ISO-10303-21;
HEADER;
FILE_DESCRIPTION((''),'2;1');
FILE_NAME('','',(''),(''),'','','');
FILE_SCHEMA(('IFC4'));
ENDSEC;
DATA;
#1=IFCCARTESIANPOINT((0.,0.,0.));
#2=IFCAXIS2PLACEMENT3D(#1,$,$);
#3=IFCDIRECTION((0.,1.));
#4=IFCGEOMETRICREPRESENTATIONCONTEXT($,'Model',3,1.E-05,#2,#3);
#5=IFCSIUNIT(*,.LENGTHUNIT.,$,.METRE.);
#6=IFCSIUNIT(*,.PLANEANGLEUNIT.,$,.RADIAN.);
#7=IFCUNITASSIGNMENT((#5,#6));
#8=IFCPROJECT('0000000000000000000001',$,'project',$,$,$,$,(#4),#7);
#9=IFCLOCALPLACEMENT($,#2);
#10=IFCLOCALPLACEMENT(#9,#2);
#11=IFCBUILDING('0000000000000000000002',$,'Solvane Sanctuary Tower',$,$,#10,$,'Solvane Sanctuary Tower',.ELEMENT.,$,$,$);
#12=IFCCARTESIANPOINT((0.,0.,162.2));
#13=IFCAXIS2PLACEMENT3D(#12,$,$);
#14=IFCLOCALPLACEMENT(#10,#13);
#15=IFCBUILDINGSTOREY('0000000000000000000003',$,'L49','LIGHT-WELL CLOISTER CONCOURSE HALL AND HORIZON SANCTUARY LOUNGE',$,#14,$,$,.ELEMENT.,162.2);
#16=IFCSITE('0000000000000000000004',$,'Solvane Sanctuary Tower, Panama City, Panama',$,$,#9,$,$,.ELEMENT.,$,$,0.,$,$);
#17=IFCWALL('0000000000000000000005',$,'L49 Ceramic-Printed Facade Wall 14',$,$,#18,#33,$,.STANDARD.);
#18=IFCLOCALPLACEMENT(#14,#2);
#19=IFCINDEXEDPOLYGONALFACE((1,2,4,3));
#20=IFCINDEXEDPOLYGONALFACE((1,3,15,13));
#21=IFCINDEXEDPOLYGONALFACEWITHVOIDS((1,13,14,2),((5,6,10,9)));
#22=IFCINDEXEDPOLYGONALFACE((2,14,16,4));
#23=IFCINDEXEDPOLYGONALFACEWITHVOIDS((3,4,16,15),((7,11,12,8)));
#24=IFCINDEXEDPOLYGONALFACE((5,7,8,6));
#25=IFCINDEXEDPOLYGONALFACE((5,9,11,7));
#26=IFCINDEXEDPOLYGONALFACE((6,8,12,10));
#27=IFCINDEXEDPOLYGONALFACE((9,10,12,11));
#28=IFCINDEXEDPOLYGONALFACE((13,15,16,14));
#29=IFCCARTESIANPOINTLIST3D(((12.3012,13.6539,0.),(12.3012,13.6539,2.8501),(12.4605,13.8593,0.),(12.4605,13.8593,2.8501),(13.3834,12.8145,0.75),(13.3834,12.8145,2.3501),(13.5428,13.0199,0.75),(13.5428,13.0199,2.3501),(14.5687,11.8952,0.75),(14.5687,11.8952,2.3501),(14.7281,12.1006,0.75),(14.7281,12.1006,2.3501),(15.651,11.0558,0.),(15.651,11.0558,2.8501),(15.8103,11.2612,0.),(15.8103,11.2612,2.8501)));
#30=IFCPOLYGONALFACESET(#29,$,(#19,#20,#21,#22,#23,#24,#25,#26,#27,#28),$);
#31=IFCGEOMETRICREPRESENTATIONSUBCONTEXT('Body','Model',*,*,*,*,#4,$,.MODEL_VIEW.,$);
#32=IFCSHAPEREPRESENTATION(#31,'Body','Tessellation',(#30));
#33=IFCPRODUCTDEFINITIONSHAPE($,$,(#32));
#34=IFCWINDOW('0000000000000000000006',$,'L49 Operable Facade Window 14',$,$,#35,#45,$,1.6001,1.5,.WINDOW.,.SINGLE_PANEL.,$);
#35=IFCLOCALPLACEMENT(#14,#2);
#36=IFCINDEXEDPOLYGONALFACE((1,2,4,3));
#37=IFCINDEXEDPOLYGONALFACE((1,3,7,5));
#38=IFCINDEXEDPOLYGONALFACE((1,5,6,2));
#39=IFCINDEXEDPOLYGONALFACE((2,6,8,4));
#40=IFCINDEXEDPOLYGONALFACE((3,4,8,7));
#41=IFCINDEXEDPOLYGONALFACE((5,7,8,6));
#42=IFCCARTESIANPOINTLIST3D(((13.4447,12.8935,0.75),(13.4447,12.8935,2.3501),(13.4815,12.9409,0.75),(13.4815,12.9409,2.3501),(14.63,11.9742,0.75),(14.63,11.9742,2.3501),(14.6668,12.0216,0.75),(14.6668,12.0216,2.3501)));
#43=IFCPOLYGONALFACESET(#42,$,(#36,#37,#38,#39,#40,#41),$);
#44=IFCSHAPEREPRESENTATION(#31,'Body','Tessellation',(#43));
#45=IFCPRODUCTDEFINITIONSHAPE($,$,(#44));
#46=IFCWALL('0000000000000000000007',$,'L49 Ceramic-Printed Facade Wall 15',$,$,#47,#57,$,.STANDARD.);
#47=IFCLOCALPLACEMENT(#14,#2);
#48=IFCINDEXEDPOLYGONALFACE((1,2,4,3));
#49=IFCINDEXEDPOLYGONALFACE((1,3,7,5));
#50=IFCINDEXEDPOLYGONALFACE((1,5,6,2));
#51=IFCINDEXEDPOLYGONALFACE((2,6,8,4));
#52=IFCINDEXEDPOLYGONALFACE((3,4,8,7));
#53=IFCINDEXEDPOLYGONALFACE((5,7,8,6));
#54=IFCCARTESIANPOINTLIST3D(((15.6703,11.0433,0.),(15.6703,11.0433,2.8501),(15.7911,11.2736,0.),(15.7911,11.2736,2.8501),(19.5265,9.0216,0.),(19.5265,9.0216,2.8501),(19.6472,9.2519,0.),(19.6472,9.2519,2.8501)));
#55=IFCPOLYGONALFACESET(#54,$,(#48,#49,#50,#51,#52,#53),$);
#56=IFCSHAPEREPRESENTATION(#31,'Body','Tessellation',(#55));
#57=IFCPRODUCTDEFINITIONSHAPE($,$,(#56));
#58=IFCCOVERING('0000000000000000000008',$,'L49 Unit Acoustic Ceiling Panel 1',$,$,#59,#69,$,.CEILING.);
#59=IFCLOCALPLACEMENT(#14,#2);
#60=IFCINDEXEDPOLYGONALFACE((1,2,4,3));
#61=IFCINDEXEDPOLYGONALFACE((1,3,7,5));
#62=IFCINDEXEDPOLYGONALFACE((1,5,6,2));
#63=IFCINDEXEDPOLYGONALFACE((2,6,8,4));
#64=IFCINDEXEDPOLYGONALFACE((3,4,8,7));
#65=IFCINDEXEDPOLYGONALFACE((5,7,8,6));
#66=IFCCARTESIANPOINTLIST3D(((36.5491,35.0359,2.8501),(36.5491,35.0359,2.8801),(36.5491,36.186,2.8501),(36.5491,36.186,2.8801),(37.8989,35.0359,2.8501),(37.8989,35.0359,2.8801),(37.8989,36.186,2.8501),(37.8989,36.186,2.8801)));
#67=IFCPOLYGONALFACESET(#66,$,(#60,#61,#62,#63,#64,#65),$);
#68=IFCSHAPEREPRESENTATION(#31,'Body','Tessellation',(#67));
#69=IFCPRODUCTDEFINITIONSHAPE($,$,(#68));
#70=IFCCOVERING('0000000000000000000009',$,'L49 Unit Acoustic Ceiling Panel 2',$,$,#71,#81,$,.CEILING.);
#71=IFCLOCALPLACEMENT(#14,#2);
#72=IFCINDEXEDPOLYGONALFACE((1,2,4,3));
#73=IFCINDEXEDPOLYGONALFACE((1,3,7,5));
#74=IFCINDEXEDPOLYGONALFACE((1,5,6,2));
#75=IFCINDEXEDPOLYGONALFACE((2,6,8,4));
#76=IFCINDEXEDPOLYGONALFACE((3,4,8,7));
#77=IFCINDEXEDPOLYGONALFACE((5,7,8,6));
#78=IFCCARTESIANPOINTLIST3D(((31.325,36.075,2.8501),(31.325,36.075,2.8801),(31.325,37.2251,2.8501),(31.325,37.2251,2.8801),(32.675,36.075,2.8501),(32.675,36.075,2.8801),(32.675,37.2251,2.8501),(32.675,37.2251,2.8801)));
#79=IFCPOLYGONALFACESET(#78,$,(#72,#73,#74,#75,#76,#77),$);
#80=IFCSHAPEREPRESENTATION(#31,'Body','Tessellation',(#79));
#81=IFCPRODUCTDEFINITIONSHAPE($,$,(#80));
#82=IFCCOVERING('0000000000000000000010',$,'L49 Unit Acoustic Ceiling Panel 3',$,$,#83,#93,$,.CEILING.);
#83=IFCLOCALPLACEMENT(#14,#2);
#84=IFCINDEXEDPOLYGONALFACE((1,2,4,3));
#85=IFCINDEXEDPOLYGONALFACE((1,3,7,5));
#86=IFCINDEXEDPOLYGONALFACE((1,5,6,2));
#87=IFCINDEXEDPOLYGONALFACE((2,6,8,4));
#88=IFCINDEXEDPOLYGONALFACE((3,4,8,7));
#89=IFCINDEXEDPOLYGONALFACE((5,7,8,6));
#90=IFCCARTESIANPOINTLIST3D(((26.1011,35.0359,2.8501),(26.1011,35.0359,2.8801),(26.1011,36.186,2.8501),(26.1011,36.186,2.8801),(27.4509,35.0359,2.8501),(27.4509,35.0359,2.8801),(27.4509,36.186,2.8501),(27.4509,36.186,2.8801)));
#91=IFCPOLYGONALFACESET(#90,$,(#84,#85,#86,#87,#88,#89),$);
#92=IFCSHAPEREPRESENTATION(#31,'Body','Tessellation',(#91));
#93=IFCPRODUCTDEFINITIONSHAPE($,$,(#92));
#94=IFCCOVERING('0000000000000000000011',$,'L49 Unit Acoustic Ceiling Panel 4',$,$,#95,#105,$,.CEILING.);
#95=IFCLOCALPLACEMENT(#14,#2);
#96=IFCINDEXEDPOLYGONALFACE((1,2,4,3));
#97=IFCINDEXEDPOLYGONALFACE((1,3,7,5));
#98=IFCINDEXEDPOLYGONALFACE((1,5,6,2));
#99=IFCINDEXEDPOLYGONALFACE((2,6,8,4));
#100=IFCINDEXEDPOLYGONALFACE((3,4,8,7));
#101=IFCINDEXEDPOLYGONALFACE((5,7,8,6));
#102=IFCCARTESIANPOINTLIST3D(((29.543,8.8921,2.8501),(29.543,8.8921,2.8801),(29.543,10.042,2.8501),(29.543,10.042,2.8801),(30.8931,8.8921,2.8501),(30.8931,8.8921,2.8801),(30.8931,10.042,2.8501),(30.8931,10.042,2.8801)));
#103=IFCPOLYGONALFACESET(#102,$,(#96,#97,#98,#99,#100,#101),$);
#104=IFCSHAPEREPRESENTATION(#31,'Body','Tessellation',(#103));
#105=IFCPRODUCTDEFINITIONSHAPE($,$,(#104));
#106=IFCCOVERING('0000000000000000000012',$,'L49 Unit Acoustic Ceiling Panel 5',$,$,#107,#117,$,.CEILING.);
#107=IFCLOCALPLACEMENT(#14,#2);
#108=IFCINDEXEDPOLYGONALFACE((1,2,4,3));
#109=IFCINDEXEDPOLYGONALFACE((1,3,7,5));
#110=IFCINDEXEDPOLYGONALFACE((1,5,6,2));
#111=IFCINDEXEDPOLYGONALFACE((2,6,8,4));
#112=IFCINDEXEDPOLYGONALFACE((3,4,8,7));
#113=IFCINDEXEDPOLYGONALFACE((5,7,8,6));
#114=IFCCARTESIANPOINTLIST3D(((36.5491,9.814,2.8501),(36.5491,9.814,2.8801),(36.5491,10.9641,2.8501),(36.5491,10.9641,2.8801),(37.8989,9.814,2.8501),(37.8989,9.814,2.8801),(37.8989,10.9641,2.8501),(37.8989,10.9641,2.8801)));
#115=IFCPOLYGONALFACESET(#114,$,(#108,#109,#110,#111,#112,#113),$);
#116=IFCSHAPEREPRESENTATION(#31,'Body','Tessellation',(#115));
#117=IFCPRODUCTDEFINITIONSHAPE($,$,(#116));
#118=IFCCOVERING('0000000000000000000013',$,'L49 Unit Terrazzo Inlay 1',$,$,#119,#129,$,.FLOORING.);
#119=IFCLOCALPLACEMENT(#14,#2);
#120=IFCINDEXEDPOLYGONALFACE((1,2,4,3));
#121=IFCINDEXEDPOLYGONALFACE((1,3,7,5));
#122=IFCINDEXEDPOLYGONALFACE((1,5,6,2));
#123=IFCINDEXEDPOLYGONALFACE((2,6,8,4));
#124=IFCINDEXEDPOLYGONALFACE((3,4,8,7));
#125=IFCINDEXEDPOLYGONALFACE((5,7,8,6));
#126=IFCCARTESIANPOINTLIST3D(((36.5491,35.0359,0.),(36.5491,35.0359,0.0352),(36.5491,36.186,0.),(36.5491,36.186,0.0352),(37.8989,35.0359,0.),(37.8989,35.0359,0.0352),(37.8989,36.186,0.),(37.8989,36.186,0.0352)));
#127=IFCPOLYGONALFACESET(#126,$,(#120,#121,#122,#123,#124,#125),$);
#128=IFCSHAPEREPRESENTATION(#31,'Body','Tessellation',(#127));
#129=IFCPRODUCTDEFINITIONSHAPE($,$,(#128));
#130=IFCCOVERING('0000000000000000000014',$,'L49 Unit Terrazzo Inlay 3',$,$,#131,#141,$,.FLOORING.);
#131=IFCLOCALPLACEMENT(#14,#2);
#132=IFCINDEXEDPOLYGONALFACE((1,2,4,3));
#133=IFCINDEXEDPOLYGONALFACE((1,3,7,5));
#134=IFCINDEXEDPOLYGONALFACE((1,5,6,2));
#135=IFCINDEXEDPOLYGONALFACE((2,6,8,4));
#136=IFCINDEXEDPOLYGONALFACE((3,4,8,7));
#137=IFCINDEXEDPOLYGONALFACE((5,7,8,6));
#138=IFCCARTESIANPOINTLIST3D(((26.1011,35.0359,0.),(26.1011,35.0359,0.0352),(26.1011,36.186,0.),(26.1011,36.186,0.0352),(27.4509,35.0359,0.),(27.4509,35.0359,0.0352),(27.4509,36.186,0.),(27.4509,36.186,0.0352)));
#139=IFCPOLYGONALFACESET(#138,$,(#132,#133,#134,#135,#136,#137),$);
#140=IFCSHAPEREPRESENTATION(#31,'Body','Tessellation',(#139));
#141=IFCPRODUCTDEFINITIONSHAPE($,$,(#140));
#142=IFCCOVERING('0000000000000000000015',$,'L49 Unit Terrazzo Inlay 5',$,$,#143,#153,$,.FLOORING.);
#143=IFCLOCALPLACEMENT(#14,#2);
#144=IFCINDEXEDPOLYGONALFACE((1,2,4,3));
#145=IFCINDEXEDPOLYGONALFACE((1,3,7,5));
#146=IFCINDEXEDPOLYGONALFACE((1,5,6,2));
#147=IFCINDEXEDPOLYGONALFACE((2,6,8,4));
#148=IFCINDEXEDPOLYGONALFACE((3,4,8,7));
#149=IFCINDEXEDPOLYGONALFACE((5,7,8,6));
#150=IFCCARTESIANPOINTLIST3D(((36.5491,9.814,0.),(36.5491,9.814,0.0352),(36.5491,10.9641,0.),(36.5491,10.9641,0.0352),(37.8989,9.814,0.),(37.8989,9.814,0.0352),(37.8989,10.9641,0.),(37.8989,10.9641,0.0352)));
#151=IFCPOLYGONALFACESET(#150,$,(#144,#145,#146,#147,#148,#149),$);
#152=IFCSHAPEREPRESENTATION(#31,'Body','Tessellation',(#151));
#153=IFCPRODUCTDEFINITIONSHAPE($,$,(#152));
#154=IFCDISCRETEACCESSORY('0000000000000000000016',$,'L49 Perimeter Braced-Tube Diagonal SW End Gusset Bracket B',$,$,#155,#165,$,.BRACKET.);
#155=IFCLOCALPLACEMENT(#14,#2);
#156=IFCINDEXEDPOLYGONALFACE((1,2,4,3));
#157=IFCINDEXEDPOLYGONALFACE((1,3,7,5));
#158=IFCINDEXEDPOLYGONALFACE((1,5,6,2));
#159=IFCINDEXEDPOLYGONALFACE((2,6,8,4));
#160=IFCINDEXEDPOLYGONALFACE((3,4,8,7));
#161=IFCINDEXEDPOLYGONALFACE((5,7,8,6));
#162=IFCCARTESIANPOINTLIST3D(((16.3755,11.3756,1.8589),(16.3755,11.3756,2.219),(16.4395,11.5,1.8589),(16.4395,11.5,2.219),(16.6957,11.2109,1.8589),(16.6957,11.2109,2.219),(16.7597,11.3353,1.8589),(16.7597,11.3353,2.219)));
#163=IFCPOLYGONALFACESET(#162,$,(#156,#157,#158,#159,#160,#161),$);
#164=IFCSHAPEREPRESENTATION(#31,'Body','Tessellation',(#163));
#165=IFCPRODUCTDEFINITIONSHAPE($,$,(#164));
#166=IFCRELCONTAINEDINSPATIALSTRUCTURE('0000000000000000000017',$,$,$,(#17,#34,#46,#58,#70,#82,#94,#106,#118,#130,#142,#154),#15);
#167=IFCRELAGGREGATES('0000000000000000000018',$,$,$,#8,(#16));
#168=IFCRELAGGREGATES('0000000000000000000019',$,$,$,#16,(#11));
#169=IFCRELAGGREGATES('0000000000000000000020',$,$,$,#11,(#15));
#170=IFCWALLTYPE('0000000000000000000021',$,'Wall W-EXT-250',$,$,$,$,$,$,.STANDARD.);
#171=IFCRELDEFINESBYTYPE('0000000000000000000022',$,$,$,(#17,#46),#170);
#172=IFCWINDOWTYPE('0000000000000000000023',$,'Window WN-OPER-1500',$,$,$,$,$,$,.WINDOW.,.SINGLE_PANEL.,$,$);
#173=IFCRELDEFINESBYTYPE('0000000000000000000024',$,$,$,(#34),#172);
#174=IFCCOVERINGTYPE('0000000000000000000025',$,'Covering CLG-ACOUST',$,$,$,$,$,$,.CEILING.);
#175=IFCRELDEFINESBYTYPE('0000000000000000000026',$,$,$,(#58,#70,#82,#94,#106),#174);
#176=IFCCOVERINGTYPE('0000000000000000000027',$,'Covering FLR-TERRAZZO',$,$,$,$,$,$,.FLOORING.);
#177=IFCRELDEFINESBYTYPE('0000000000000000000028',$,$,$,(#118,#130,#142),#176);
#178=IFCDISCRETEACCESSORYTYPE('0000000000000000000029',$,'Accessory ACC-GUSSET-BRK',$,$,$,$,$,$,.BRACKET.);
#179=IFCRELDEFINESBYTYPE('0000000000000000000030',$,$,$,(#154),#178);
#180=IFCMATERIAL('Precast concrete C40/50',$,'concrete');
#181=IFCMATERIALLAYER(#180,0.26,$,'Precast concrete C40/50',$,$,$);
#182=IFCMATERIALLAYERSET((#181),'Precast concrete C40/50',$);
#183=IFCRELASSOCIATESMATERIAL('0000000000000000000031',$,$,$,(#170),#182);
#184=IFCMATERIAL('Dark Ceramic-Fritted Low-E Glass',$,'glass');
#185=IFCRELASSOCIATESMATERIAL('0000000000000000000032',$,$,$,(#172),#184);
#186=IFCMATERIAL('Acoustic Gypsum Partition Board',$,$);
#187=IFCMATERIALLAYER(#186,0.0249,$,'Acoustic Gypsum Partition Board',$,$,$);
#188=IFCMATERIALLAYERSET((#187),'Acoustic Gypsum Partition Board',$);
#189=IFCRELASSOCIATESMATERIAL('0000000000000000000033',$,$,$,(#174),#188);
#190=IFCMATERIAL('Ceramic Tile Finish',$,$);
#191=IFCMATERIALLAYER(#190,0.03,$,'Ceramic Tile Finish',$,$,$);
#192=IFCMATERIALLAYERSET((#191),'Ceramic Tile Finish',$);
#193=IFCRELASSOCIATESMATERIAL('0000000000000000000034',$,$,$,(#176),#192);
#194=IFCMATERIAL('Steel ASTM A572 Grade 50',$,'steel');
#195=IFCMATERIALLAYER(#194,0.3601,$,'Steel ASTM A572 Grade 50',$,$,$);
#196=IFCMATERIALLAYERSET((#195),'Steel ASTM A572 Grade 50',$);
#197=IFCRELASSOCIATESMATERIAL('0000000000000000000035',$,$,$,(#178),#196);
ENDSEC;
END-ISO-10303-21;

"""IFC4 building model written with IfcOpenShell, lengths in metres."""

from ifc_helpers import new_model, si_unit, direction, frame, frame_2d, origin, origin_2d, place, context, subcontext, project, spatial, polyline, rectangle, outline, extrude, material, layer, layer_set, type_object, element, fill, save


model = new_model("IFC4")

# Units and contexts
model_context = context("Model", 3, precision=1e-05, world=origin(), true_north=direction((0.0, 1.0)))
body_context = subcontext(model_context, "Body", "Model", "MODEL_VIEW")
ifc_project = project(units=[si_unit("LENGTHUNIT", "METRE"), si_unit("PLANEANGLEUNIT", "RADIAN")], contexts=[model_context])

# Site, building, storey
site_placement = place(None, origin())
site = spatial("IfcSite", under=ifc_project, at=site_placement, Name="Solvane Sanctuary Tower, Panama City, Panama", CompositionType="ELEMENT", RefElevation=0.0)
building_placement = place(site_placement, origin())
building = spatial("IfcBuilding", under=site, at=building_placement, Name="Solvane Sanctuary Tower", LongName="Solvane Sanctuary Tower", CompositionType="ELEMENT")
storey_placement = place(building_placement, frame((0.0, 0.0, 162.2)))
storey = spatial("IfcBuildingStorey", under=building, at=storey_placement, Name="L49", Description="LIGHT-WELL CLOISTER CONCOURSE HALL AND HORIZON SANCTUARY LOUNGE", CompositionType="ELEMENT", Elevation=162.2)

# Shared definitions
ifc_material_1 = material(Name="Acoustic Gypsum Partition Board")

# Wall, opening, window
ifc_material_2 = material(Name="Precast concrete C40/50", Category="concrete")
ifc_layer_1 = layer(ifc_material_2, 0.26, Name="Precast concrete C40/50")
ifc_layer_set_1 = layer_set([ifc_layer_1], Name="Precast concrete C40/50")
wall_type_1 = type_object("IfcWallType", Name="Wall W-EXT-250", PredefinedType="STANDARD", material=ifc_layer_set_1)
wall_1_placement = place(storey_placement, frame((12.3809, 13.7566, 0.0), z_axis=(0.0, 0.0, 1.0), x_axis=(0.790186, -0.612868, 0.0)))
wall_1 = element("IfcWall", 1, at=wall_1_placement, inside=storey, type_object=wall_type_1, Name="L49 Ceramic-Printed Facade Wall 14", PredefinedType="STANDARD", context=body_context, shape_type="SweptSolid", body=[
    extrude(rectangle(XDim=4.2393, YDim=0.26, at=frame_2d((2.1196, 0.0))), origin(), (0.0, 0.0, 1.0), 2.8501),
])
opening_1_placement = place(wall_1_placement, frame((1.3696, 0.0, 0.75)))
opening_1 = element("IfcOpeningElement", 2, at=opening_1_placement, cuts=wall_1, PredefinedType="OPENING", context=body_context, shape_type="SweptSolid", body=[
    extrude(rectangle(XDim=1.5, YDim=1.6001, at=frame_2d((0.75, 0.8))), frame((0.0, 0.1399, 0.0), z_axis=(0.0, -1.0, 0.0), x_axis=(1.0, 0.0, 0.0)), (0.0, 0.0, 1.0), 0.28),
])
ifc_material_3 = material(Name="Dark Ceramic-Fritted Low-E Glass", Category="glass")
window_type = type_object("IfcWindowType", Name="Window WN-OPER-1500", PartitioningType="SINGLE_PANEL", PredefinedType="WINDOW", material=ifc_material_3)
window_placement = place(opening_1_placement, origin())
window = element("IfcWindow", 3, at=window_placement, inside=storey, type_object=window_type, Name="L49 Operable Facade Window 14", OverallHeight=1.6001, OverallWidth=1.5, PartitioningType="SINGLE_PANEL", PredefinedType="WINDOW", context=body_context, shape_type="SweptSolid", body=[
    extrude(rectangle(XDim=1.5, YDim=1.6001, at=frame_2d((0.75, 0.8))), frame((0.0, 0.03, 0.0), z_axis=(0.0, -1.0, 0.0), x_axis=(1.0, 0.0, 0.0)), (0.0, 0.0, 1.0), 0.0601),
])
fill(opening_1, window)

# Wall
wall_2_placement = place(storey_placement, frame((15.7307, 11.1584, 0.0), z_axis=(0.0, 0.0, 1.0), x_axis=(0.88566, -0.464334, 0.0)))
element("IfcWall", 4, at=wall_2_placement, inside=storey, type_object=wall_type_1, Name="L49 Ceramic-Printed Facade Wall 15", PredefinedType="STANDARD", context=body_context, shape_type="SweptSolid", body=[
    extrude(rectangle(XDim=4.354, YDim=0.26, at=frame_2d((2.177, 0.0))), origin(), (0.0, 0.0, 1.0), 2.8501),
])

# Coverings
ifc_layer_2 = layer(ifc_material_1, 0.0249, Name="Acoustic Gypsum Partition Board")
ifc_layer_set_2 = layer_set([ifc_layer_2], Name="Acoustic Gypsum Partition Board")
covering_type_1 = type_object("IfcCoveringType", Name="Covering CLG-ACOUST", PredefinedType="CEILING", material=ifc_layer_set_2)
covering_1_placement = place(storey_placement, frame((0.0, 0.0, 2.8501)))
element("IfcCovering", 5, at=covering_1_placement, inside=storey, type_object=covering_type_1, Name="L49 Unit Acoustic Ceiling Panel 1", PredefinedType="CEILING", context=body_context, shape_type="SweptSolid", body=[
    extrude(outline(polyline([(36.5491, 35.0359), (37.8989, 35.0359), (37.8989, 36.186), (36.5491, 36.186), (36.5491, 35.0359)])), origin(), (0.0, 0.0, 1.0), 0.03),
])
covering_2_placement = place(storey_placement, frame((0.0, 0.0, 2.8501)))
element("IfcCovering", 6, at=covering_2_placement, inside=storey, type_object=covering_type_1, Name="L49 Unit Acoustic Ceiling Panel 2", PredefinedType="CEILING", context=body_context, shape_type="SweptSolid", body=[
    extrude(outline(polyline([(31.325, 36.075), (32.675, 36.075), (32.675, 37.2251), (31.325, 37.2251), (31.325, 36.075)])), origin(), (0.0, 0.0, 1.0), 0.03),
])
covering_3_placement = place(storey_placement, frame((0.0, 0.0, 2.8501)))
element("IfcCovering", 7, at=covering_3_placement, inside=storey, type_object=covering_type_1, Name="L49 Unit Acoustic Ceiling Panel 3", PredefinedType="CEILING", context=body_context, shape_type="SweptSolid", body=[
    extrude(outline(polyline([(26.1011, 35.0359), (27.4509, 35.0359), (27.4509, 36.186), (26.1011, 36.186), (26.1011, 35.0359)])), origin(), (0.0, 0.0, 1.0), 0.03),
])
covering_4_placement = place(storey_placement, frame((0.0, 0.0, 2.8501)))
element("IfcCovering", 8, at=covering_4_placement, inside=storey, type_object=covering_type_1, Name="L49 Unit Acoustic Ceiling Panel 4", PredefinedType="CEILING", context=body_context, shape_type="SweptSolid", body=[
    extrude(outline(polyline([(29.543, 8.8921), (30.8931, 8.8921), (30.8931, 10.042), (29.543, 10.042), (29.543, 8.8921)])), origin(), (0.0, 0.0, 1.0), 0.03),
])
covering_5_placement = place(storey_placement, frame((0.0, 0.0, 2.8501)))
element("IfcCovering", 9, at=covering_5_placement, inside=storey, type_object=covering_type_1, Name="L49 Unit Acoustic Ceiling Panel 5", PredefinedType="CEILING", context=body_context, shape_type="SweptSolid", body=[
    extrude(outline(polyline([(36.5491, 9.814), (37.8989, 9.814), (37.8989, 10.9641), (36.5491, 10.9641), (36.5491, 9.814)])), origin(), (0.0, 0.0, 1.0), 0.03),
])
ifc_material_4 = material(Name="Ceramic Tile Finish")
ifc_layer_3 = layer(ifc_material_4, 0.03, Name="Ceramic Tile Finish")
ifc_layer_set_3 = layer_set([ifc_layer_3], Name="Ceramic Tile Finish")
covering_type_2 = type_object("IfcCoveringType", Name="Covering FLR-TERRAZZO", PredefinedType="FLOORING", material=ifc_layer_set_3)
covering_6_placement = place(storey_placement, origin())
element("IfcCovering", 10, at=covering_6_placement, inside=storey, type_object=covering_type_2, Name="L49 Unit Terrazzo Inlay 1", PredefinedType="FLOORING", context=body_context, shape_type="SweptSolid", body=[
    extrude(outline(polyline([(36.5491, 35.0359), (37.8989, 35.0359), (37.8989, 36.186), (36.5491, 36.186), (36.5491, 35.0359)])), origin(), (0.0, 0.0, 1.0), 0.0352),
])
covering_7_placement = place(storey_placement, origin())
element("IfcCovering", 11, at=covering_7_placement, inside=storey, type_object=covering_type_2, Name="L49 Unit Terrazzo Inlay 3", PredefinedType="FLOORING", context=body_context, shape_type="SweptSolid", body=[
    extrude(outline(polyline([(26.1011, 35.0359), (27.4509, 35.0359), (27.4509, 36.186), (26.1011, 36.186), (26.1011, 35.0359)])), origin(), (0.0, 0.0, 1.0), 0.0352),
])
covering_8_placement = place(storey_placement, origin())
element("IfcCovering", 12, at=covering_8_placement, inside=storey, type_object=covering_type_2, Name="L49 Unit Terrazzo Inlay 5", PredefinedType="FLOORING", context=body_context, shape_type="SweptSolid", body=[
    extrude(outline(polyline([(36.5491, 9.814), (37.8989, 9.814), (37.8989, 10.9641), (36.5491, 10.9641), (36.5491, 9.814)])), origin(), (0.0, 0.0, 1.0), 0.0352),
])

# Discrete accessory
ifc_material_5 = material(Name="Steel ASTM A572 Grade 50", Category="steel")
ifc_layer_4 = layer(ifc_material_5, 0.3601, Name="Steel ASTM A572 Grade 50")
ifc_layer_set_4 = layer_set([ifc_layer_4], Name="Steel ASTM A572 Grade 50")
discrete_accessory_type = type_object("IfcDiscreteAccessoryType", Name="Accessory ACC-GUSSET-BRK", PredefinedType="BRACKET", material=ifc_layer_set_4)
discrete_accessory_placement = place(storey_placement, frame((16.5676, 11.3555, 1.8589), z_axis=(0.0, 0.0, 1.0), x_axis=(-0.889257, 0.457408, 0.0)))
element("IfcDiscreteAccessory", 13, at=discrete_accessory_placement, inside=storey, type_object=discrete_accessory_type, Name="L49 Perimeter Braced-Tube Diagonal SW End Gusset Bracket B", PredefinedType="BRACKET", context=body_context, shape_type="SweptSolid", body=[
    extrude(rectangle(XDim=0.3601, YDim=0.1399, at=origin_2d()), origin(), (0.0, 0.0, 1.0), 0.3601),
])

save(model, "model.ifc")
